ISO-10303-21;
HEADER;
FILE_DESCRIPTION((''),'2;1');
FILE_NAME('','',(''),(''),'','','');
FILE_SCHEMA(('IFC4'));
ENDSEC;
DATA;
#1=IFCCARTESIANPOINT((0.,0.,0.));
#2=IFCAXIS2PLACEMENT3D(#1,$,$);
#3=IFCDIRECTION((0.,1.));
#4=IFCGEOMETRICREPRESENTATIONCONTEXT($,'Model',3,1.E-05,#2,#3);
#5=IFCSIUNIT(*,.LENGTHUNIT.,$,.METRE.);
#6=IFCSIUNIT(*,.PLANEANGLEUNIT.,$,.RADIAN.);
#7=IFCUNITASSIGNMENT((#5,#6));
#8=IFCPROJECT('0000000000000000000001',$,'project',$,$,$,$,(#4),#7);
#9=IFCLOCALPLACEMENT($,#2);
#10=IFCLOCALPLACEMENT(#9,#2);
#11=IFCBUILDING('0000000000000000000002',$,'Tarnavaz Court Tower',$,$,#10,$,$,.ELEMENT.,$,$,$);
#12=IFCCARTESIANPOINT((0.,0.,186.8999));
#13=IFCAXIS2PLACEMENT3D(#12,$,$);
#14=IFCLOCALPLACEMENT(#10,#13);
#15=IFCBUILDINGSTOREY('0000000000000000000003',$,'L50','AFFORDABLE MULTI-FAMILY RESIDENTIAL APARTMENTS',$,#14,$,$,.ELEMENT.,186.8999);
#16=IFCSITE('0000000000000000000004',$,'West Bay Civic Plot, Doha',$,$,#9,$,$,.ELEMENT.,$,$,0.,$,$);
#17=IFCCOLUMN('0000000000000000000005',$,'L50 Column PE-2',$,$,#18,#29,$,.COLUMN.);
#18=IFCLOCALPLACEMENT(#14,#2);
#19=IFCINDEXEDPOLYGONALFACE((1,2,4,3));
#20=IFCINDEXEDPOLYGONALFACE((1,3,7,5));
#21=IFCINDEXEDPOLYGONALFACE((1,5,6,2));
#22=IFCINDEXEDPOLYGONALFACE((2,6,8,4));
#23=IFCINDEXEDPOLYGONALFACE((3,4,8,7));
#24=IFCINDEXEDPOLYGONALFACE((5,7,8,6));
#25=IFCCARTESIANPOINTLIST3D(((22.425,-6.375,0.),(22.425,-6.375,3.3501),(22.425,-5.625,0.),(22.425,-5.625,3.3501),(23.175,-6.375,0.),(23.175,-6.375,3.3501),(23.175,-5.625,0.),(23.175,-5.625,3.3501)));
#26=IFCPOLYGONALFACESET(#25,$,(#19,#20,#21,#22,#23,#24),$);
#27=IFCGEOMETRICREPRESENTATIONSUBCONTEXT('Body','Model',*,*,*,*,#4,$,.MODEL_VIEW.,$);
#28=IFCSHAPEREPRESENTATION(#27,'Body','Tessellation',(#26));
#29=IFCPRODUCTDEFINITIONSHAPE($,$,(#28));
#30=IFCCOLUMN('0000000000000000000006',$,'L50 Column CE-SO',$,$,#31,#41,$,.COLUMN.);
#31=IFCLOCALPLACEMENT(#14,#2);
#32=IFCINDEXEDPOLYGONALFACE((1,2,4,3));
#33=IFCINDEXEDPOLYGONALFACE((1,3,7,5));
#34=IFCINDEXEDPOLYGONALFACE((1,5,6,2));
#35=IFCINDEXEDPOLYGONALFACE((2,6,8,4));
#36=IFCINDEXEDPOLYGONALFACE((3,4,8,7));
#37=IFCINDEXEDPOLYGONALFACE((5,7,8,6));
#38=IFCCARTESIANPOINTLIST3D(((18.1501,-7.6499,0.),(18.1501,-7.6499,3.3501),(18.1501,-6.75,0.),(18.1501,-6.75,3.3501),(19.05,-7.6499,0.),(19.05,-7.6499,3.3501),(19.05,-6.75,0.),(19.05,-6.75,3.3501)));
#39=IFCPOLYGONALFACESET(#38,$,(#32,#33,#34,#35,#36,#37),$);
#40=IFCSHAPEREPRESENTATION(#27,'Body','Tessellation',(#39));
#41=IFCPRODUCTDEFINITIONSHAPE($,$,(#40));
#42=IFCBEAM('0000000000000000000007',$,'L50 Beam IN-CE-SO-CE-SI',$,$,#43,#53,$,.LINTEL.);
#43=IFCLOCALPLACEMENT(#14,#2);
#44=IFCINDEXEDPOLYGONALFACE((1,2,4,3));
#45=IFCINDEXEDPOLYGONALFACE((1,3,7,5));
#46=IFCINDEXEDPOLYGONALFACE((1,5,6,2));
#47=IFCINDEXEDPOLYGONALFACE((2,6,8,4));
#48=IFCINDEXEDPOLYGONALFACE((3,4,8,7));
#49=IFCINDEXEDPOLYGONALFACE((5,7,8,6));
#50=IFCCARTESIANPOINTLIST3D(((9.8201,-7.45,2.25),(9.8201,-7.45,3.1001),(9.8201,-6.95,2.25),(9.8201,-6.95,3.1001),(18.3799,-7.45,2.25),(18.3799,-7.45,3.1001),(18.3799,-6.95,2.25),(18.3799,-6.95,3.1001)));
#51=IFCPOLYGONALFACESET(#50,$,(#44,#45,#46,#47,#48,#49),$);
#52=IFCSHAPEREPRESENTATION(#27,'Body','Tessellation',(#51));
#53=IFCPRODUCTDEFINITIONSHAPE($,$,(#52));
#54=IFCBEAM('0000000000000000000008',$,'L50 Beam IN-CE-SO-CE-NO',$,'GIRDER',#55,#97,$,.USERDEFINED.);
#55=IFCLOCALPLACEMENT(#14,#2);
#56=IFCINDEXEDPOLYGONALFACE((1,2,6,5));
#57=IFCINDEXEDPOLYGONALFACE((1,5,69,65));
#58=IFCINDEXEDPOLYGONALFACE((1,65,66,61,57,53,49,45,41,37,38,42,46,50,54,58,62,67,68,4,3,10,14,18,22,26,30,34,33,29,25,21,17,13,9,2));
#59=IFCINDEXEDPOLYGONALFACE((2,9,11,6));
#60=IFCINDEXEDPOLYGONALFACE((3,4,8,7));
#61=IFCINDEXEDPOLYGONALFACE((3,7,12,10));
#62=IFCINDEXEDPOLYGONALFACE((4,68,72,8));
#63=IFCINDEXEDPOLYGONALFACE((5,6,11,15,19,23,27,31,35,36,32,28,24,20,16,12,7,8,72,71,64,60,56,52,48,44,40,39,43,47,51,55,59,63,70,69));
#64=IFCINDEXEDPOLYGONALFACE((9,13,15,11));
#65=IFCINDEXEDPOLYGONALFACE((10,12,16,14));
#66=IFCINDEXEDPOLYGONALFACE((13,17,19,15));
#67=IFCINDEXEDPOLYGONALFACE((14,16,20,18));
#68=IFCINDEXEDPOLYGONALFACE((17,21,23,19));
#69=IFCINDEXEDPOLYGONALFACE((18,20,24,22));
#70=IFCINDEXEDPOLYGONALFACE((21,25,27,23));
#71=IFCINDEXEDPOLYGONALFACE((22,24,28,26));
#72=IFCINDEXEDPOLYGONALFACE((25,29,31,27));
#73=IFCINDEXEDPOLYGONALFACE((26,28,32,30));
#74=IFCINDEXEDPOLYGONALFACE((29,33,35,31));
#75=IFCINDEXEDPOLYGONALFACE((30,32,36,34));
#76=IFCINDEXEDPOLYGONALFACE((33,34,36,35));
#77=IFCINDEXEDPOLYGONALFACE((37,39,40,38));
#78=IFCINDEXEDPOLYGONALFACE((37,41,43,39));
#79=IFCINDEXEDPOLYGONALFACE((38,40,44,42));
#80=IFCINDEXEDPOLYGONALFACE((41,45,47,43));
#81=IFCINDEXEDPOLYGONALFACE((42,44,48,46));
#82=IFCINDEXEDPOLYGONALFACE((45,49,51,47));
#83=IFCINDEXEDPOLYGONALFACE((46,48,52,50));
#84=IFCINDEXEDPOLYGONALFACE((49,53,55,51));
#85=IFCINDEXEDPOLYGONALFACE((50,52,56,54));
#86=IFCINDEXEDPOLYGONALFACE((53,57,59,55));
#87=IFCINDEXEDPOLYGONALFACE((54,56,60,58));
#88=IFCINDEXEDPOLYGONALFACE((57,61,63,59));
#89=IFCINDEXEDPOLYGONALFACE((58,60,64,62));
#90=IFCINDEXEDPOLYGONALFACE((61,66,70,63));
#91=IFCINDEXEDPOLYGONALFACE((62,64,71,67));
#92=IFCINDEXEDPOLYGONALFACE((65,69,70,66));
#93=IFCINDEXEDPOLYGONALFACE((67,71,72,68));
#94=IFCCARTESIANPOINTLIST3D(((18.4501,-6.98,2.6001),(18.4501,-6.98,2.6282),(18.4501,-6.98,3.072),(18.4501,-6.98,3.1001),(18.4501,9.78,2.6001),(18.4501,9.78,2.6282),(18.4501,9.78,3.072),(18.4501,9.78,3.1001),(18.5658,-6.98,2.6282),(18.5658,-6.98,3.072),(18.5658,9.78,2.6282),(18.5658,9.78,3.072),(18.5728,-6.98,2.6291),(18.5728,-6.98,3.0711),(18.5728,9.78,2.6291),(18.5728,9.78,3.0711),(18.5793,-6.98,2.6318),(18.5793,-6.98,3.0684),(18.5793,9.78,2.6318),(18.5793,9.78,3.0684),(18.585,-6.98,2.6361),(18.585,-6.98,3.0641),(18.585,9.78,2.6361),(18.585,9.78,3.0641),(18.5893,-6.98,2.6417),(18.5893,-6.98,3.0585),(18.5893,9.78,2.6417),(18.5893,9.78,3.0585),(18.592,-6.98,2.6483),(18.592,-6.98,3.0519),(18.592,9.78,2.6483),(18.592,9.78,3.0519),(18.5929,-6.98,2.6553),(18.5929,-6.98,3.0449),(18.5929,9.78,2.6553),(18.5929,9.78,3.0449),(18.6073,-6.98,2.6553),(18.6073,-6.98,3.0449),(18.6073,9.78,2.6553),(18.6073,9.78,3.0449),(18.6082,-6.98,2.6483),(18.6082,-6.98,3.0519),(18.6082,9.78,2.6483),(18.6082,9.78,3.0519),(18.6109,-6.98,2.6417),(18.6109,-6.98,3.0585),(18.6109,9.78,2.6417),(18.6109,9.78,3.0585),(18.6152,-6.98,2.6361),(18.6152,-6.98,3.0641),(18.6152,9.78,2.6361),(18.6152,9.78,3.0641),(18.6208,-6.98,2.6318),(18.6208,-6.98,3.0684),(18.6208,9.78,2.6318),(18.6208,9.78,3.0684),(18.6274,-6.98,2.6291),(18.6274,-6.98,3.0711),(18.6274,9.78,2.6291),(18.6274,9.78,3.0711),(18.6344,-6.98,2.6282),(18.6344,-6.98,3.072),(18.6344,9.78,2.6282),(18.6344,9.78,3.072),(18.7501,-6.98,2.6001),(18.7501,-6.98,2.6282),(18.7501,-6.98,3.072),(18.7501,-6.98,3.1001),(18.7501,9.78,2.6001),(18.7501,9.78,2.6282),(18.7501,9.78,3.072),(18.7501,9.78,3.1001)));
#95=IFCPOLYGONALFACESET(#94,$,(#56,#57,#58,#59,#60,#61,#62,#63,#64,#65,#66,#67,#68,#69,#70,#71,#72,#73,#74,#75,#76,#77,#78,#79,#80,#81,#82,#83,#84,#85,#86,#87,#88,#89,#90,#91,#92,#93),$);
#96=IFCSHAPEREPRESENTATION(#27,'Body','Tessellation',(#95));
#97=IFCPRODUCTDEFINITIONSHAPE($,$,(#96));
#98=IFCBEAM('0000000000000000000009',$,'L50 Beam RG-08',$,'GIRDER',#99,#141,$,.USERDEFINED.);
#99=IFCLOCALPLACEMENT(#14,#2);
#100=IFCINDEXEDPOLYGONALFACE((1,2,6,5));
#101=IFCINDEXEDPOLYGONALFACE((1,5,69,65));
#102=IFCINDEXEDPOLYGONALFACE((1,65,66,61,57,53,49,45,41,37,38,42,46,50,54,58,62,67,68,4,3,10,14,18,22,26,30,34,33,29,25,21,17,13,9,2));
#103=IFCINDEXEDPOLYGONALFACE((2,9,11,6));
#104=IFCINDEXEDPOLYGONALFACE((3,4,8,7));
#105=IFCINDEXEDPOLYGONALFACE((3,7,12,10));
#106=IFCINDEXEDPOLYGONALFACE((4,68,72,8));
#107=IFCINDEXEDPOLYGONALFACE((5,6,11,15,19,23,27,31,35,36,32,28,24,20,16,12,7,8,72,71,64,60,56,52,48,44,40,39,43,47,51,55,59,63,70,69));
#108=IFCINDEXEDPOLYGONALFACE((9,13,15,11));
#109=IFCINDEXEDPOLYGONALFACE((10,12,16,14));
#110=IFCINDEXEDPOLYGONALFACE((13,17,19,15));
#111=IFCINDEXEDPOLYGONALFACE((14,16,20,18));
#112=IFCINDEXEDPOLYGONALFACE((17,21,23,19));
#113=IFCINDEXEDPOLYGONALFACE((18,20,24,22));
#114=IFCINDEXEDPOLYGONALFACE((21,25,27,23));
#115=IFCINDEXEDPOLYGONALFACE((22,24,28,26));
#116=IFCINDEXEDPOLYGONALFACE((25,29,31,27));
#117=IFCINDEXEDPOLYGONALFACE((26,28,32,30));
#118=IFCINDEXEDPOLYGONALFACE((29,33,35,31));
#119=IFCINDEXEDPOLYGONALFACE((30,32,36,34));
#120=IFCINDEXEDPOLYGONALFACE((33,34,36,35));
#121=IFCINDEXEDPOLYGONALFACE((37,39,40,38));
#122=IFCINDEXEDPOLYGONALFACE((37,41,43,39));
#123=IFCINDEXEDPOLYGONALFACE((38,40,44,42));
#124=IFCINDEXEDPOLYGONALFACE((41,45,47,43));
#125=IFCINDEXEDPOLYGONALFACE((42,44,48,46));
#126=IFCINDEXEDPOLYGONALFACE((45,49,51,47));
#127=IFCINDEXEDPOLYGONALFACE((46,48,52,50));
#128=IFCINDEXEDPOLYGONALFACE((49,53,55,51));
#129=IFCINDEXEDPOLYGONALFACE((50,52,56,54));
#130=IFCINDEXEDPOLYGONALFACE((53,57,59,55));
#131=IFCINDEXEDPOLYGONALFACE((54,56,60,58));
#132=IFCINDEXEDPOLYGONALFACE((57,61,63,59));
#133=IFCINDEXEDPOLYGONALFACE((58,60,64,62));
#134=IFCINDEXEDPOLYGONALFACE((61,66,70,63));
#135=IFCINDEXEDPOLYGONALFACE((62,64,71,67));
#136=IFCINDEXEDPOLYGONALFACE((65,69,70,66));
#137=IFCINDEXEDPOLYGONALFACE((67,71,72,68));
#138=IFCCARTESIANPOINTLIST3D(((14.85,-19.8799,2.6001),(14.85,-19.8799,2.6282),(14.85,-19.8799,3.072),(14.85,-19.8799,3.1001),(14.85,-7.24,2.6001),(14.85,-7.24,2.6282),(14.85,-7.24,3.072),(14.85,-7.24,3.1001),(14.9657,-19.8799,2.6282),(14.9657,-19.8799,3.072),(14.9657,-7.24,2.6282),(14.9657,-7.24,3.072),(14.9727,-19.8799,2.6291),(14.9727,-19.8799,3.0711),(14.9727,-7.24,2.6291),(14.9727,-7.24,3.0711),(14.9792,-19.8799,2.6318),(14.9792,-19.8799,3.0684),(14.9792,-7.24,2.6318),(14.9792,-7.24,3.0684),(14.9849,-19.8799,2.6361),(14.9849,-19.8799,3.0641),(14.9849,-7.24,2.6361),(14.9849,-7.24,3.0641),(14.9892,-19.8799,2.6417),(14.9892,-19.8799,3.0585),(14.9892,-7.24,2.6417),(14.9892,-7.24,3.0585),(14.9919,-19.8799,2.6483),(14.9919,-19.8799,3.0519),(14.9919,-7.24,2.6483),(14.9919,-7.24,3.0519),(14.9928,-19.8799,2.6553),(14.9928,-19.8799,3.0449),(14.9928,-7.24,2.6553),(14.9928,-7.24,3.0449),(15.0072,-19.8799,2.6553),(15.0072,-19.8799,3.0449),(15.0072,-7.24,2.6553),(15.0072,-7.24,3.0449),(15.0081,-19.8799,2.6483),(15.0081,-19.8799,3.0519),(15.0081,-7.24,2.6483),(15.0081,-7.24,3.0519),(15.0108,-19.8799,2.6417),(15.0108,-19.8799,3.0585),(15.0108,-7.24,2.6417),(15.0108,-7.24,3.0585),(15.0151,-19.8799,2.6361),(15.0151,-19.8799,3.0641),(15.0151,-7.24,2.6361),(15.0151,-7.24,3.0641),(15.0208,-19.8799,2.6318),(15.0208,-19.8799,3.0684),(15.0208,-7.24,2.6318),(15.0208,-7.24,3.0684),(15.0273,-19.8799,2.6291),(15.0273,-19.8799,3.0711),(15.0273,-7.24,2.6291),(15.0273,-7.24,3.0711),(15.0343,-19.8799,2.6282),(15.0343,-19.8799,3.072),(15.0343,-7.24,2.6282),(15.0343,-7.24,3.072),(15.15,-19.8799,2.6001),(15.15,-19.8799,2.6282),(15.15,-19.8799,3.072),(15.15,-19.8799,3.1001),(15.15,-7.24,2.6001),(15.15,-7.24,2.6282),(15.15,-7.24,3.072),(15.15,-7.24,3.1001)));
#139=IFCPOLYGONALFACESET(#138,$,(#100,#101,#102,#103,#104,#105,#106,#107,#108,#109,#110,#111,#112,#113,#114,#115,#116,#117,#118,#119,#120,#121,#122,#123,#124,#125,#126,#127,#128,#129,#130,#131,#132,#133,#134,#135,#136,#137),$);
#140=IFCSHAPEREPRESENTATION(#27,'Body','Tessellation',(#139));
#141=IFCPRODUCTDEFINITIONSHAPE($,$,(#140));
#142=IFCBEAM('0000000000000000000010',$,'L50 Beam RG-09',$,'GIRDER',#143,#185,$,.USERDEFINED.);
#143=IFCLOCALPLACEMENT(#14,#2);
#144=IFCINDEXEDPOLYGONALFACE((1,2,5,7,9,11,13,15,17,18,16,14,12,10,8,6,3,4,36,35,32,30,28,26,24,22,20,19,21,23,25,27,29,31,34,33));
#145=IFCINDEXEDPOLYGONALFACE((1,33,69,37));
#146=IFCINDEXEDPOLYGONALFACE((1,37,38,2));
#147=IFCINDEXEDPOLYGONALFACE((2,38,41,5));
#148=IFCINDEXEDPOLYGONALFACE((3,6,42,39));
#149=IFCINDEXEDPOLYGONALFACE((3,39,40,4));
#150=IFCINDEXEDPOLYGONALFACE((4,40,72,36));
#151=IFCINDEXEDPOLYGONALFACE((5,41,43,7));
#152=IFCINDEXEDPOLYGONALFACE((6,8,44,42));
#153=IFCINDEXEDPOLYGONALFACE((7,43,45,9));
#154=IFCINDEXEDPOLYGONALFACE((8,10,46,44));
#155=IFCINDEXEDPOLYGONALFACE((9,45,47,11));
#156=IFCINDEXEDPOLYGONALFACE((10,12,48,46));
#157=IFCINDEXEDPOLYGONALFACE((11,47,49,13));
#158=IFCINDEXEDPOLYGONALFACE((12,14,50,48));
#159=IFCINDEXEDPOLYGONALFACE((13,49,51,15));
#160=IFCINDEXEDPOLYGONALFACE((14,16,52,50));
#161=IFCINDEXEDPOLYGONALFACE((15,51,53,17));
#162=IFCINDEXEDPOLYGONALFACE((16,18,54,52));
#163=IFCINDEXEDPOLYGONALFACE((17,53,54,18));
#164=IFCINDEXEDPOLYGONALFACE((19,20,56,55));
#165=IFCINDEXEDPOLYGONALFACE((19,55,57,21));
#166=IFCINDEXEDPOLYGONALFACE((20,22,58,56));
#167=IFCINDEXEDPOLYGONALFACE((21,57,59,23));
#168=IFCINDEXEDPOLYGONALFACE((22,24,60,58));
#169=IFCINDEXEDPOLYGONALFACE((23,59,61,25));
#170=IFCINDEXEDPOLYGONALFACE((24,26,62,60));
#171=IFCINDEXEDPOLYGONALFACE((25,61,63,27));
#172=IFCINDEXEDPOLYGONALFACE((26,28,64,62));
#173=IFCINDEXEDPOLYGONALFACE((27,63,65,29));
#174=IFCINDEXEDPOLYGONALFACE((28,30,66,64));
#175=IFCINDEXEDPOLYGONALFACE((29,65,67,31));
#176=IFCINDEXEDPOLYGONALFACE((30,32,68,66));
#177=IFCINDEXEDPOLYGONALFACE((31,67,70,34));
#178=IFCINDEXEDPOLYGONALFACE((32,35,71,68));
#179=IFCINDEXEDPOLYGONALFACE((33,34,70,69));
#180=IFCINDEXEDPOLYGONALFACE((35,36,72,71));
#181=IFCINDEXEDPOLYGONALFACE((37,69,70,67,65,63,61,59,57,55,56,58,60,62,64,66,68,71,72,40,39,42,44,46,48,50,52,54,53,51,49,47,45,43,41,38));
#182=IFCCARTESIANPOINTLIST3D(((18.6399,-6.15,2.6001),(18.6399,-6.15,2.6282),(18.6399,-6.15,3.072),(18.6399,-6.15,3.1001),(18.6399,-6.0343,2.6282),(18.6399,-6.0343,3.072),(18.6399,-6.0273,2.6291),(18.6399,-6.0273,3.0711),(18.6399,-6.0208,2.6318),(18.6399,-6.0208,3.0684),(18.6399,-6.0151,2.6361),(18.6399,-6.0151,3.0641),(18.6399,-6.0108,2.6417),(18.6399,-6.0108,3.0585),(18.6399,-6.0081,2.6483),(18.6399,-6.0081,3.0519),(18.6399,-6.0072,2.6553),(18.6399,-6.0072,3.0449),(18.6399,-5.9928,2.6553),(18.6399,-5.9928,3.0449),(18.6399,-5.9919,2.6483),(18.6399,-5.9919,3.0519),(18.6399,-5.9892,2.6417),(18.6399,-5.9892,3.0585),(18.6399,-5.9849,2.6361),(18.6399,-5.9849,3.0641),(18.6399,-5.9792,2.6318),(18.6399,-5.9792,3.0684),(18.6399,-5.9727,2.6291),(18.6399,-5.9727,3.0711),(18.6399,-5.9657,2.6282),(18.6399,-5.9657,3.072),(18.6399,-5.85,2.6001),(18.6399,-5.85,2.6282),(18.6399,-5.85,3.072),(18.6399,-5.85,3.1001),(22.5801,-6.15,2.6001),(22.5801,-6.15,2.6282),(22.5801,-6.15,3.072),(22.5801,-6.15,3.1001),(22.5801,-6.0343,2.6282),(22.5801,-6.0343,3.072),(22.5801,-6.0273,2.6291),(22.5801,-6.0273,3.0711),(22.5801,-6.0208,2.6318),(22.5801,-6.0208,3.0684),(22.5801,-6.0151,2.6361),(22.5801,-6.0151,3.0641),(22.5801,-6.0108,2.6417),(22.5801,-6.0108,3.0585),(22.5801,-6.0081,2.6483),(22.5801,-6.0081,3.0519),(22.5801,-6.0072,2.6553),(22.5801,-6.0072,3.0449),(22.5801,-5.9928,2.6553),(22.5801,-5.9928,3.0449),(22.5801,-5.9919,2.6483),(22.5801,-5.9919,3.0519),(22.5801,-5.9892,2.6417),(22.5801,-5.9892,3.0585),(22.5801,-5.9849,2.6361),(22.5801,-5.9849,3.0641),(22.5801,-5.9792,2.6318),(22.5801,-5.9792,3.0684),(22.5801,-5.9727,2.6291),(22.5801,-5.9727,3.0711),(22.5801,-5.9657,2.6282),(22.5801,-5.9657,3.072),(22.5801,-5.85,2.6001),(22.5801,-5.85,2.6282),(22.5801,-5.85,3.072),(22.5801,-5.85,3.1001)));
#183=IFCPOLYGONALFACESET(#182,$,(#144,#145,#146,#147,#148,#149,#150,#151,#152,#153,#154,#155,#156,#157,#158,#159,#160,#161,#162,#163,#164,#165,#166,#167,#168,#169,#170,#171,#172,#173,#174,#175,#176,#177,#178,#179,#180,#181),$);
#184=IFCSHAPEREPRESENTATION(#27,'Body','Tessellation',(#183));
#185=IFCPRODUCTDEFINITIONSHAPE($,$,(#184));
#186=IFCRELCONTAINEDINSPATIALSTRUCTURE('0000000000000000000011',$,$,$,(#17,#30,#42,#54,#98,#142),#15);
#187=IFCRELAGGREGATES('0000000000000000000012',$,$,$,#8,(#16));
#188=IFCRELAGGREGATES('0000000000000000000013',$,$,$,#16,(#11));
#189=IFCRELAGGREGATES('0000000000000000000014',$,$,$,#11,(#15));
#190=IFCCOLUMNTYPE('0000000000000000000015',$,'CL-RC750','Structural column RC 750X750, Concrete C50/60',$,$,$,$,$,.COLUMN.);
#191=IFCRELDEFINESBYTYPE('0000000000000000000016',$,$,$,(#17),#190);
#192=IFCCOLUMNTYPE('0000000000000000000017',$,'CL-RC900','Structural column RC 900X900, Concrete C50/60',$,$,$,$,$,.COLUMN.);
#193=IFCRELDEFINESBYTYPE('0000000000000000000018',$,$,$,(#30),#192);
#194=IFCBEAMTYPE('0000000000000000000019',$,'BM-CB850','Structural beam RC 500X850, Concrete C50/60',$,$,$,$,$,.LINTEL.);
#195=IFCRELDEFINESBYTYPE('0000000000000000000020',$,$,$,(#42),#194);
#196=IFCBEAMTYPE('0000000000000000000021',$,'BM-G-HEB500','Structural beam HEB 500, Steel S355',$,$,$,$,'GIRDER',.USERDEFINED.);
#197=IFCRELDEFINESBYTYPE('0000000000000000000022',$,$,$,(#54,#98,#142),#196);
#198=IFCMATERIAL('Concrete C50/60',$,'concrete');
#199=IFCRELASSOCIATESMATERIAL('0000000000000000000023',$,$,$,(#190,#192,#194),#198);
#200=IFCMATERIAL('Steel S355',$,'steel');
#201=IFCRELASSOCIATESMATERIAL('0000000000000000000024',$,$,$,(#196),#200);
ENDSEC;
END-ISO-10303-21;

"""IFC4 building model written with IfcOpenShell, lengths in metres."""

from ifc_helpers import new_model, si_unit, direction, frame, origin, origin_2d, place, context, subcontext, project, spatial, rectangle, i_section, extrude, material, material_profile, profile_set, type_object, element, save


model = new_model("IFC4")

# Units and contexts
model_context = context("Model", 3, precision=1e-05, world=origin(), true_north=direction((0.0, 1.0)))
body_context = subcontext(model_context, "Body", "Model", "MODEL_VIEW")
ifc_project = project(units=[si_unit("LENGTHUNIT", "METRE"), si_unit("PLANEANGLEUNIT", "RADIAN")], contexts=[model_context])

# Site, building, storey
site_placement = place(None, origin())
site = spatial("IfcSite", under=ifc_project, at=site_placement, Name="West Bay Civic Plot, Doha", CompositionType="ELEMENT", RefElevation=0.0)
building_placement = place(site_placement, origin())
building = spatial("IfcBuilding", under=site, at=building_placement, Name="Tarnavaz Court Tower", CompositionType="ELEMENT")
storey_placement = place(building_placement, frame((0.0, 0.0, 186.8999)))
storey = spatial("IfcBuildingStorey", under=building, at=storey_placement, Name="L50", Description="AFFORDABLE MULTI-FAMILY RESIDENTIAL APARTMENTS", CompositionType="ELEMENT", Elevation=186.8999)

# Columns
ifc_material_1 = material(Name="Concrete C50/60", Category="concrete")
ifc_material_profile_1 = material_profile(ifc_material_1, rectangle(XDim=0.75, YDim=0.75, at=origin_2d()), Name="RC 750X750")
ifc_profile_set_1 = profile_set([ifc_material_profile_1], Name="Concrete C50/60")
column_type_1 = type_object("IfcColumnType", Name="CL-RC750", Description="Structural column RC 750X750, Concrete C50/60", PredefinedType="COLUMN", material=ifc_profile_set_1)
column_1_placement = place(storey_placement, frame((22.8, -6.0, 0.0), z_axis=(0.0, 0.0, 1.0), x_axis=(1.0, 0.0, 0.0)))
element("IfcColumn", 1, at=column_1_placement, inside=storey, type_object=column_type_1, Name="L50 Column PE-2", PredefinedType="COLUMN", context=body_context, shape_type="SweptSolid", body=[
    extrude(rectangle(XDim=0.75, YDim=0.75, at=origin_2d()), origin(), (0.0, 0.0, 1.0), 3.3501),
])
ifc_material_profile_2 = material_profile(ifc_material_1, rectangle(XDim=0.8999, YDim=0.8999, at=origin_2d()), Name="RC 900X900")
ifc_profile_set_2 = profile_set([ifc_material_profile_2], Name="Concrete C50/60")
column_type_2 = type_object("IfcColumnType", Name="CL-RC900", Description="Structural column RC 900X900, Concrete C50/60", PredefinedType="COLUMN", material=ifc_profile_set_2)
column_2_placement = place(storey_placement, frame((18.6001, -7.2, 0.0), z_axis=(0.0, 0.0, 1.0), x_axis=(1.0, 0.0, 0.0)))
element("IfcColumn", 2, at=column_2_placement, inside=storey, type_object=column_type_2, Name="L50 Column CE-SO", PredefinedType="COLUMN", context=body_context, shape_type="SweptSolid", body=[
    extrude(rectangle(XDim=0.8999, YDim=0.8999, at=origin_2d()), origin(), (0.0, 0.0, 1.0), 3.3501),
])

# Beams
ifc_material_profile_3 = material_profile(ifc_material_1, rectangle(XDim=0.5, YDim=0.8501, at=origin_2d()), Name="RC 500X850")
ifc_profile_set_3 = profile_set([ifc_material_profile_3], Name="Concrete C50/60")
beam_type_1 = type_object("IfcBeamType", Name="BM-CB850", Description="Structural beam RC 500X850, Concrete C50/60", PredefinedType="LINTEL", material=ifc_profile_set_3)
beam_1_placement = place(storey_placement, frame((18.3799, -7.2, 2.675), z_axis=(-1.0, 0.0, 0.0), x_axis=(0.0, -1.0, 0.0)))
element("IfcBeam", 3, at=beam_1_placement, inside=storey, type_object=beam_type_1, Name="L50 Beam IN-CE-SO-CE-SI", PredefinedType="LINTEL", context=body_context, shape_type="SweptSolid", body=[
    extrude(rectangle(XDim=0.5, YDim=0.8501, at=origin_2d()), origin(), (0.0, 0.0, 1.0), 8.5598),
])
ifc_material_2 = material(Name="Steel S355", Category="steel")
ifc_material_profile_4 = material_profile(ifc_material_2, i_section(OverallWidth=0.3, OverallDepth=0.5, WebThickness=0.0144, FlangeThickness=0.0281, FilletRadius=0.0271, at=origin_2d()), Name="HEB 500")
ifc_profile_set_4 = profile_set([ifc_material_profile_4], Name="Steel S355")
beam_type_2 = type_object("IfcBeamType", Name="BM-G-HEB500", Description="Structural beam HEB 500, Steel S355", ElementType="GIRDER", PredefinedType="USERDEFINED", material=ifc_profile_set_4)
beam_2_placement = place(storey_placement, frame((18.6001, -6.98, 2.8501), z_axis=(0.0, 1.0, 0.0), x_axis=(-1.0, 0.0, 0.0)))
element("IfcBeam", 4, at=beam_2_placement, inside=storey, type_object=beam_type_2, Name="L50 Beam IN-CE-SO-CE-NO", ObjectType="GIRDER", PredefinedType="USERDEFINED", context=body_context, shape_type="SweptSolid", body=[
    extrude(i_section(OverallWidth=0.3, OverallDepth=0.5, WebThickness=0.0144, FlangeThickness=0.0281, FilletRadius=0.0271, at=origin_2d()), origin(), (0.0, 0.0, 1.0), 16.76),
])
beam_3_placement = place(storey_placement, frame((15.0, -7.24, 2.8501), z_axis=(0.0, -1.0, 0.0), x_axis=(1.0, 0.0, 0.0)))
element("IfcBeam", 5, at=beam_3_placement, inside=storey, type_object=beam_type_2, Name="L50 Beam RG-08", ObjectType="GIRDER", PredefinedType="USERDEFINED", context=body_context, shape_type="SweptSolid", body=[
    extrude(i_section(OverallWidth=0.3, OverallDepth=0.5, WebThickness=0.0144, FlangeThickness=0.0281, FilletRadius=0.0271, at=origin_2d()), origin(), (0.0, 0.0, 1.0), 12.6399),
])
beam_4_placement = place(storey_placement, frame((18.6399, -6.0, 2.8501), z_axis=(1.0, 0.0, 0.0), x_axis=(0.0, 1.0, 0.0)))
element("IfcBeam", 6, at=beam_4_placement, inside=storey, type_object=beam_type_2, Name="L50 Beam RG-09", ObjectType="GIRDER", PredefinedType="USERDEFINED", context=body_context, shape_type="SweptSolid", body=[
    extrude(i_section(OverallWidth=0.3, OverallDepth=0.5, WebThickness=0.0144, FlangeThickness=0.0281, FilletRadius=0.0271, at=origin_2d()), origin(), (0.0, 0.0, 1.0), 3.9402),
])

save(model, "model.ifc")
